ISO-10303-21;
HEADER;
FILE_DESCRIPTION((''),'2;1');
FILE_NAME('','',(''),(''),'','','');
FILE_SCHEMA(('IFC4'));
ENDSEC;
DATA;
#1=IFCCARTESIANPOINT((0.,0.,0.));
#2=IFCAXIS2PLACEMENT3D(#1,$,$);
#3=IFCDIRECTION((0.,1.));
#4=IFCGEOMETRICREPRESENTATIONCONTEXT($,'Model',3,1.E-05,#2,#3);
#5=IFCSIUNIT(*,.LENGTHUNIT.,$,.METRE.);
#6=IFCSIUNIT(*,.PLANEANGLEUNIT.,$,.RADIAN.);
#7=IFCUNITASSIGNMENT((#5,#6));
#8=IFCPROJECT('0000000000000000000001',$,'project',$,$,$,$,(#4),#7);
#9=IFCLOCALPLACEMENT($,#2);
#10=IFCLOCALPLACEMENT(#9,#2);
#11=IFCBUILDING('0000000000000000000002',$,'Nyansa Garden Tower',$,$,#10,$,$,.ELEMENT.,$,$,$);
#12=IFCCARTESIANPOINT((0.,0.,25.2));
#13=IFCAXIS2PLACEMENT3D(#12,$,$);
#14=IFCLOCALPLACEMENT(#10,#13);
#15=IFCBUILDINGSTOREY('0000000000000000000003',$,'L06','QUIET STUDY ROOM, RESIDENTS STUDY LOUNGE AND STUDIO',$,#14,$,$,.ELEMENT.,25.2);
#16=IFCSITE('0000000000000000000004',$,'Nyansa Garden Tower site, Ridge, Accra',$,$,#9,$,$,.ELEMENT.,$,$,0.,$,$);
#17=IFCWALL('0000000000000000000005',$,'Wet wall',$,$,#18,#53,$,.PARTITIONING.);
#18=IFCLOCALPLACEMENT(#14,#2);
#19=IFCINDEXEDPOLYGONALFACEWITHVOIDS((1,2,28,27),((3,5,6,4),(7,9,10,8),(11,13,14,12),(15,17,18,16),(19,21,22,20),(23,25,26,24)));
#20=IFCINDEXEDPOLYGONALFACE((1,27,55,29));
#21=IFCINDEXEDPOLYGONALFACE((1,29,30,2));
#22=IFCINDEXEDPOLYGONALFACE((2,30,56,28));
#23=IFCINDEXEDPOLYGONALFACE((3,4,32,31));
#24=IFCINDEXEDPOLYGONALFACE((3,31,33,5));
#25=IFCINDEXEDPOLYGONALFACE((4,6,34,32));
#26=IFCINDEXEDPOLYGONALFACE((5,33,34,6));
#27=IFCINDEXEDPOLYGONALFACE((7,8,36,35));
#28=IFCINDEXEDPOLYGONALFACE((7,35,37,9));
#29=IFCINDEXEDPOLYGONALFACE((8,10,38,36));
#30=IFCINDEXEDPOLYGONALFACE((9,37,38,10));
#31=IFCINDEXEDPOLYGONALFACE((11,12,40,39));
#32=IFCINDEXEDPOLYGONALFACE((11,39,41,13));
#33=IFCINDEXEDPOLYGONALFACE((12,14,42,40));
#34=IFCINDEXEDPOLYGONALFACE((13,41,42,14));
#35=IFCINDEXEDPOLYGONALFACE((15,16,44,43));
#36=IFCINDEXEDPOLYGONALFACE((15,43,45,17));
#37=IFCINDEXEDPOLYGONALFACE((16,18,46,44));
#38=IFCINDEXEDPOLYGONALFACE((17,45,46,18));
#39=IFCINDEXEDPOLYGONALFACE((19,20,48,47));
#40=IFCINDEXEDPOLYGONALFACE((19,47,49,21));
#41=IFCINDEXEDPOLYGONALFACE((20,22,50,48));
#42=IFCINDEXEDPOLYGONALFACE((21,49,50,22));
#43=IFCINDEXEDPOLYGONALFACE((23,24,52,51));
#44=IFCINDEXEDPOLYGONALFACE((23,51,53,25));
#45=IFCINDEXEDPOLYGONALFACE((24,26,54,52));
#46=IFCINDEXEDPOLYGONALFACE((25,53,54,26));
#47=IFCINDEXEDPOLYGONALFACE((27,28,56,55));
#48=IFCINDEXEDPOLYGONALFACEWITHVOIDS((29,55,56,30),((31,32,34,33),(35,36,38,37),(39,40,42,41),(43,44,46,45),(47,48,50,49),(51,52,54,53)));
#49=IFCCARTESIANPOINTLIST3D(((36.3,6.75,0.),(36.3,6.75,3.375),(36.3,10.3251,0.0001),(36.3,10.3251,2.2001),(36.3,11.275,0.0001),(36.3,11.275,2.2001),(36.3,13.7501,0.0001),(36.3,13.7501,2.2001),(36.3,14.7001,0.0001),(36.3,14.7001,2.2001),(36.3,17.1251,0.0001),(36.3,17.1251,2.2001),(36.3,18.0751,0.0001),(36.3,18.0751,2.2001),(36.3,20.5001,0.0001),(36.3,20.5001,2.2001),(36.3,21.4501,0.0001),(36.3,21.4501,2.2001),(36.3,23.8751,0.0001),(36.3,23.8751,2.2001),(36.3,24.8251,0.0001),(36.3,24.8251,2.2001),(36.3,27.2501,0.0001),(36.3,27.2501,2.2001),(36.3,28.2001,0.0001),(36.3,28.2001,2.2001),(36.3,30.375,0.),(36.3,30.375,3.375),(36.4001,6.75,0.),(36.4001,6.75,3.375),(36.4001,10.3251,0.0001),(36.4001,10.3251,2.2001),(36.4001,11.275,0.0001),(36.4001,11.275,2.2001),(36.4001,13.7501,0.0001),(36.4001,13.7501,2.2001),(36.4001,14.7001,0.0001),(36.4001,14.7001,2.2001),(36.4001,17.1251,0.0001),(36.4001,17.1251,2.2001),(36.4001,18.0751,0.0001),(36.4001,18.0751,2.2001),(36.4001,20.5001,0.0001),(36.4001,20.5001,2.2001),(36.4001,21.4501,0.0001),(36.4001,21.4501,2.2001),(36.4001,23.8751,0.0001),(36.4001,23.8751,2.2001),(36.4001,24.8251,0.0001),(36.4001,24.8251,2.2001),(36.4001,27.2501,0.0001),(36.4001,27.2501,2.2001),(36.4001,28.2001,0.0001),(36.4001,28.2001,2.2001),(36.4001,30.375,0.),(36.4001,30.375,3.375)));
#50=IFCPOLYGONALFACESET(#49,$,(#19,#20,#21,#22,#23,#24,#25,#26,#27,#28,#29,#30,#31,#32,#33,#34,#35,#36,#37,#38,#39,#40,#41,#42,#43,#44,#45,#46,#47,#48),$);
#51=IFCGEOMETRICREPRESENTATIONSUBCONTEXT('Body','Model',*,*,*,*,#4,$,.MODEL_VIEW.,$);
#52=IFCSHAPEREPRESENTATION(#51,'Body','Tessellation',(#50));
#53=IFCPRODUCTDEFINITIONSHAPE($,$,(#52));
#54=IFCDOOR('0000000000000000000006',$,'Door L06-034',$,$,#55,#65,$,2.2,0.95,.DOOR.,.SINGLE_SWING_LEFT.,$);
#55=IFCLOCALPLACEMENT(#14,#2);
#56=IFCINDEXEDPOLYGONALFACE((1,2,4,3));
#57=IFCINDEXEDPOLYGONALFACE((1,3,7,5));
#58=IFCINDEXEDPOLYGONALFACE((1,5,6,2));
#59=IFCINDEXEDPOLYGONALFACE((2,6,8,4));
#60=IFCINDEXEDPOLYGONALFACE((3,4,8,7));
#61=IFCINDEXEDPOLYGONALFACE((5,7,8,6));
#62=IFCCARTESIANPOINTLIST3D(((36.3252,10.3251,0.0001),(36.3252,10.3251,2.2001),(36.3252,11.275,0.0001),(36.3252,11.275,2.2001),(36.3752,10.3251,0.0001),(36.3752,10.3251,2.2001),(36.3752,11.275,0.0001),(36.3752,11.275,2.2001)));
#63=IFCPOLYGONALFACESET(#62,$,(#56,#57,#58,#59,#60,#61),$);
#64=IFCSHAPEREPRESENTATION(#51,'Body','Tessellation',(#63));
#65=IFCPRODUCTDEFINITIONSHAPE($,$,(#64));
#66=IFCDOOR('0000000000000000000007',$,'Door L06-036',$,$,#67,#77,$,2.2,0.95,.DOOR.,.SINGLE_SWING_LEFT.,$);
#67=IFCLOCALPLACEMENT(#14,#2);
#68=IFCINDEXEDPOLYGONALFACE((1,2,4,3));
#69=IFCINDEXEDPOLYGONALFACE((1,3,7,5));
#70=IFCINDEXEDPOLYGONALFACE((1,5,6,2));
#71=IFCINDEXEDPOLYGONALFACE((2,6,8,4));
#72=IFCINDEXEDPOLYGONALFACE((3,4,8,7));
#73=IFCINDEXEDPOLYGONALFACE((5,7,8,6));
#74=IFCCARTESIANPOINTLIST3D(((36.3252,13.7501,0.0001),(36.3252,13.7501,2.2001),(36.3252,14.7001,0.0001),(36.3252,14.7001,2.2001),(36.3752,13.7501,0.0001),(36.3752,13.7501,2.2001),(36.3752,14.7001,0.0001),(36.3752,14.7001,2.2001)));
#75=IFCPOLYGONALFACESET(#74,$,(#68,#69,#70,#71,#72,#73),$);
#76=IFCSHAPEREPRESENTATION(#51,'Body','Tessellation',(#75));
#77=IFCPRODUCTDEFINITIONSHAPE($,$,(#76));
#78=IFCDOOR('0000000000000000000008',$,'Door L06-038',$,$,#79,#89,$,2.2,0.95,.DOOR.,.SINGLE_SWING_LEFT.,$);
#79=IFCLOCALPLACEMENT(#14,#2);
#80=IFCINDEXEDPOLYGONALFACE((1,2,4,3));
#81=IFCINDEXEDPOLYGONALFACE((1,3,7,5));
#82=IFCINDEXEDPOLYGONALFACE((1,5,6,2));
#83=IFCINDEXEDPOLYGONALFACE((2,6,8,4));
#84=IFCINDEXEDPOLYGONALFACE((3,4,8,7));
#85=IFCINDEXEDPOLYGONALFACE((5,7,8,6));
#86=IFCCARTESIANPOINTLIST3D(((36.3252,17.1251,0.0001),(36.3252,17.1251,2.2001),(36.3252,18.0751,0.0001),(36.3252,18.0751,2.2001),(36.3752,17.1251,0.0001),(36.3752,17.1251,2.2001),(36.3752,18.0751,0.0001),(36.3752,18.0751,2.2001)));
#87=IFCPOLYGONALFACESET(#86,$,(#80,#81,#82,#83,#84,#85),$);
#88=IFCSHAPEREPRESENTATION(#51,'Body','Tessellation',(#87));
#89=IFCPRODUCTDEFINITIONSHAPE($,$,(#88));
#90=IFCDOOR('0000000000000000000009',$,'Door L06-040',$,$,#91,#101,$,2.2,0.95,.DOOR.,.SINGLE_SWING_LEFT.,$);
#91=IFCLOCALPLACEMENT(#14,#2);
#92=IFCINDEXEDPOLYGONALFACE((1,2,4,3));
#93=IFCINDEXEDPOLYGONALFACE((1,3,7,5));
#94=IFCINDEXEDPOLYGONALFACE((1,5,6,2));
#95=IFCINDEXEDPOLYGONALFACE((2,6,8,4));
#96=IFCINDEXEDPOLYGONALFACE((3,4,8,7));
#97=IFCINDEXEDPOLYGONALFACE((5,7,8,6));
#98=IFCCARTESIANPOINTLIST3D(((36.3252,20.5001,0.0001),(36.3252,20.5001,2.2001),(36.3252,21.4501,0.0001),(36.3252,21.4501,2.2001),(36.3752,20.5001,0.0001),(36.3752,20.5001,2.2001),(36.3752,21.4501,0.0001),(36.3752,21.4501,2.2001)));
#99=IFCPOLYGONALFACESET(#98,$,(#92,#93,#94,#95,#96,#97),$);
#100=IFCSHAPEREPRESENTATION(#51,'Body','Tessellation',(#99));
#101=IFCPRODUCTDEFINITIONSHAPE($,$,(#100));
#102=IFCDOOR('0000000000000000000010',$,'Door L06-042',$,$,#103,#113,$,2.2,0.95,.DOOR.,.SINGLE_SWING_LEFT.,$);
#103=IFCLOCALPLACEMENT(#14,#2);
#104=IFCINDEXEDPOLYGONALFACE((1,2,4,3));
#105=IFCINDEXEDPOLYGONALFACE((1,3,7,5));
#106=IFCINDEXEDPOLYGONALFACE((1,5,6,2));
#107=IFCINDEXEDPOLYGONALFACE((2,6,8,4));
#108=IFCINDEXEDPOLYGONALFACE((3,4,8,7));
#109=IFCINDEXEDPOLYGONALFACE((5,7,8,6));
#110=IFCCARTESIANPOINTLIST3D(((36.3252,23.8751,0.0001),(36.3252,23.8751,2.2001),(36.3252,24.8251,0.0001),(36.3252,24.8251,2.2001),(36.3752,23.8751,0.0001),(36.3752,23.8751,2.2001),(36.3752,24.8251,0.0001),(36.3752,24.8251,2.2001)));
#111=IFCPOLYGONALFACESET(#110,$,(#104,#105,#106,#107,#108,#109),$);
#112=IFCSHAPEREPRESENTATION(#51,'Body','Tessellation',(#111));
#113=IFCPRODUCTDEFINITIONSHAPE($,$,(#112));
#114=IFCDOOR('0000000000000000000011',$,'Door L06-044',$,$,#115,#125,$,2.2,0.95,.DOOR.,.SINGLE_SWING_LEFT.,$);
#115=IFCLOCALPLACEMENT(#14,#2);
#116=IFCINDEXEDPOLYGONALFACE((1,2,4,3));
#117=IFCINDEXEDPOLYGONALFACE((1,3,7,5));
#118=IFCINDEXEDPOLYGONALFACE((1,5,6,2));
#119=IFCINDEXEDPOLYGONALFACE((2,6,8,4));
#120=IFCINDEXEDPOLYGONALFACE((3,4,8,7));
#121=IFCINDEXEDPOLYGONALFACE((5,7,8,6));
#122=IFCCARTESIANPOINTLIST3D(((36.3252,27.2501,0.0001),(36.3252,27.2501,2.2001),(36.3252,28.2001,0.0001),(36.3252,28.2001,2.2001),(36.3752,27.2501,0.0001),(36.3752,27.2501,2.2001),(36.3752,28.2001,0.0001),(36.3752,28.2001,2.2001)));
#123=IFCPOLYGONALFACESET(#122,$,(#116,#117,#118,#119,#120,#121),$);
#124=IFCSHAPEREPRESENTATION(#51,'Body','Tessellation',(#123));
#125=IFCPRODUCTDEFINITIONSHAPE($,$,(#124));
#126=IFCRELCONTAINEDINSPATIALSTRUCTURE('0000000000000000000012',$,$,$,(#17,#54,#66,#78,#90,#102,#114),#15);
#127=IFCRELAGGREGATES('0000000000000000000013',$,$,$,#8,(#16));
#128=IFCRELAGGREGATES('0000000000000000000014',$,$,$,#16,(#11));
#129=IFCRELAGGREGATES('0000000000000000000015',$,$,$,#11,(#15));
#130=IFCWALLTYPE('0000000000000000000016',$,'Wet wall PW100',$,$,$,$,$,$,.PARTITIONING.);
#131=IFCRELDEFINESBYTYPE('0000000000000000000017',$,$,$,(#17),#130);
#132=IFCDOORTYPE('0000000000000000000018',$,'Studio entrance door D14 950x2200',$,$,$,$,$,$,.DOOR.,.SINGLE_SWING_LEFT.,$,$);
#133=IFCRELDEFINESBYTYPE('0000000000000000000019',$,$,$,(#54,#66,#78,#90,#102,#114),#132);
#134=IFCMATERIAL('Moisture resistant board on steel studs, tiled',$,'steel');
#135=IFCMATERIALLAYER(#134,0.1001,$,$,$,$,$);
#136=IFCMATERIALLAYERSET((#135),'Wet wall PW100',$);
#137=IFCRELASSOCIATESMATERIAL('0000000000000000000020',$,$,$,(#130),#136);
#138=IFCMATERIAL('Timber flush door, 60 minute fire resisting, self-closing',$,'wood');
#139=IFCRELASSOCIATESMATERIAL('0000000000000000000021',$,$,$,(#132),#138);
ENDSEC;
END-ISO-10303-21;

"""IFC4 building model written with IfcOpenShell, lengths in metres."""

from ifc_helpers import new_model, si_unit, direction, frame, frame_2d, origin, place, context, subcontext, project, spatial, rectangle, extrude, material, layer, layer_set, type_object, element, fill, save


model = new_model("IFC4")

# Units and contexts
model_context = context("Model", 3, precision=1e-05, world=origin(), true_north=direction((0.0, 1.0)))
body_context = subcontext(model_context, "Body", "Model", "MODEL_VIEW")
ifc_project = project(units=[si_unit("LENGTHUNIT", "METRE"), si_unit("PLANEANGLEUNIT", "RADIAN")], contexts=[model_context])

# Site, building, storey
site_placement = place(None, origin())
site = spatial("IfcSite", under=ifc_project, at=site_placement, Name="Nyansa Garden Tower site, Ridge, Accra", CompositionType="ELEMENT", RefElevation=0.0)
building_placement = place(site_placement, origin())
building = spatial("IfcBuilding", under=site, at=building_placement, Name="Nyansa Garden Tower", CompositionType="ELEMENT")
storey_placement = place(building_placement, frame((0.0, 0.0, 25.2)))
storey = spatial("IfcBuildingStorey", under=building, at=storey_placement, Name="L06", Description="QUIET STUDY ROOM, RESIDENTS STUDY LOUNGE AND STUDIO", CompositionType="ELEMENT", Elevation=25.2)

# Wall, openings, doors
ifc_material_1 = material(Name="Moisture resistant board on steel studs, tiled", Category="steel")
ifc_layer_1 = layer(ifc_material_1, 0.1001)
ifc_layer_set_1 = layer_set([ifc_layer_1], Name="Wet wall PW100")
wall_type_1 = type_object("IfcWallType", Name="Wet wall PW100", PredefinedType="PARTITIONING", material=ifc_layer_set_1)
wall_1_placement = place(storey_placement, frame((36.3501, 6.75, 0.0), z_axis=(0.0, 0.0, 1.0), x_axis=(0.0, 1.0, 0.0)))
wall_1 = element("IfcWall", 1, at=wall_1_placement, inside=storey, type_object=wall_type_1, Name="Wet wall", PredefinedType="PARTITIONING", context=body_context, shape_type="SweptSolid", body=[
    extrude(rectangle(XDim=23.625, YDim=0.1001, at=frame_2d((11.8125, 0.0))), origin(), (0.0, 0.0, 1.0), 3.375),
])
opening_1_placement = place(wall_1_placement, frame((3.575, 0.0, 0.0)))
opening_1 = element("IfcOpeningElement", 2, at=opening_1_placement, cuts=wall_1, PredefinedType="OPENING", context=body_context, shape_type="SweptSolid", body=[
    extrude(rectangle(XDim=0.95, YDim=2.2, at=frame_2d((0.4751, 1.1001))), frame((0.0, 0.0601, 0.0), z_axis=(0.0, -1.0, 0.0), x_axis=(1.0, 0.0, 0.0)), (0.0, 0.0, 1.0), 0.1201),
])
opening_2_placement = place(wall_1_placement, frame((7.0, 0.0, 0.0)))
opening_2 = element("IfcOpeningElement", 3, at=opening_2_placement, cuts=wall_1, PredefinedType="OPENING", context=body_context, shape_type="SweptSolid", body=[
    extrude(rectangle(XDim=0.95, YDim=2.2, at=frame_2d((0.4751, 1.1001))), frame((0.0, 0.0601, 0.0), z_axis=(0.0, -1.0, 0.0), x_axis=(1.0, 0.0, 0.0)), (0.0, 0.0, 1.0), 0.1201),
])
opening_3_placement = place(wall_1_placement, frame((10.375, 0.0, 0.0)))
opening_3 = element("IfcOpeningElement", 4, at=opening_3_placement, cuts=wall_1, PredefinedType="OPENING", context=body_context, shape_type="SweptSolid", body=[
    extrude(rectangle(XDim=0.95, YDim=2.2, at=frame_2d((0.4751, 1.1001))), frame((0.0, 0.0601, 0.0), z_axis=(0.0, -1.0, 0.0), x_axis=(1.0, 0.0, 0.0)), (0.0, 0.0, 1.0), 0.1201),
])
opening_4_placement = place(wall_1_placement, frame((13.75, 0.0, 0.0)))
opening_4 = element("IfcOpeningElement", 5, at=opening_4_placement, cuts=wall_1, PredefinedType="OPENING", context=body_context, shape_type="SweptSolid", body=[
    extrude(rectangle(XDim=0.95, YDim=2.2, at=frame_2d((0.4751, 1.1001))), frame((0.0, 0.0601, 0.0), z_axis=(0.0, -1.0, 0.0), x_axis=(1.0, 0.0, 0.0)), (0.0, 0.0, 1.0), 0.1201),
])
opening_5_placement = place(wall_1_placement, frame((17.125, 0.0, 0.0)))
opening_5 = element("IfcOpeningElement", 6, at=opening_5_placement, cuts=wall_1, PredefinedType="OPENING", context=body_context, shape_type="SweptSolid", body=[
    extrude(rectangle(XDim=0.95, YDim=2.2, at=frame_2d((0.4751, 1.1001))), frame((0.0, 0.0601, 0.0), z_axis=(0.0, -1.0, 0.0), x_axis=(1.0, 0.0, 0.0)), (0.0, 0.0, 1.0), 0.1201),
])
opening_6_placement = place(wall_1_placement, frame((20.5, 0.0, 0.0)))
opening_6 = element("IfcOpeningElement", 7, at=opening_6_placement, cuts=wall_1, PredefinedType="OPENING", context=body_context, shape_type="SweptSolid", body=[
    extrude(rectangle(XDim=0.95, YDim=2.2, at=frame_2d((0.4751, 1.1001))), frame((0.0, 0.0601, 0.0), z_axis=(0.0, -1.0, 0.0), x_axis=(1.0, 0.0, 0.0)), (0.0, 0.0, 1.0), 0.1201),
])
ifc_material_2 = material(Name="Timber flush door, 60 minute fire resisting, self-closing", Category="wood")
door_type = type_object("IfcDoorType", Name="Studio entrance door D14 950x2200", OperationType="SINGLE_SWING_LEFT", PredefinedType="DOOR", material=ifc_material_2)
door_1_placement = place(opening_1_placement, origin())
door_1 = element("IfcDoor", 8, at=door_1_placement, inside=storey, type_object=door_type, Name="Door L06-034", OperationType="SINGLE_SWING_LEFT", OverallHeight=2.2, OverallWidth=0.95, PredefinedType="DOOR", context=body_context, shape_type="SweptSolid", body=[
    extrude(rectangle(XDim=0.95, YDim=2.2, at=frame_2d((0.4751, 1.1001))), frame((0.0, 0.0249, 0.0), z_axis=(0.0, -1.0, 0.0), x_axis=(1.0, 0.0, 0.0)), (0.0, 0.0, 1.0), 0.05),
])
fill(opening_1, door_1)
door_2_placement = place(opening_2_placement, origin())
door_2 = element("IfcDoor", 9, at=door_2_placement, inside=storey, type_object=door_type, Name="Door L06-036", OperationType="SINGLE_SWING_LEFT", OverallHeight=2.2, OverallWidth=0.95, PredefinedType="DOOR", context=body_context, shape_type="SweptSolid", body=[
    extrude(rectangle(XDim=0.95, YDim=2.2, at=frame_2d((0.4751, 1.1001))), frame((0.0, 0.0249, 0.0), z_axis=(0.0, -1.0, 0.0), x_axis=(1.0, 0.0, 0.0)), (0.0, 0.0, 1.0), 0.05),
])
fill(opening_2, door_2)
door_3_placement = place(opening_3_placement, origin())
door_3 = element("IfcDoor", 10, at=door_3_placement, inside=storey, type_object=door_type, Name="Door L06-038", OperationType="SINGLE_SWING_LEFT", OverallHeight=2.2, OverallWidth=0.95, PredefinedType="DOOR", context=body_context, shape_type="SweptSolid", body=[
    extrude(rectangle(XDim=0.95, YDim=2.2, at=frame_2d((0.4751, 1.1001))), frame((0.0, 0.0249, 0.0), z_axis=(0.0, -1.0, 0.0), x_axis=(1.0, 0.0, 0.0)), (0.0, 0.0, 1.0), 0.05),
])
fill(opening_3, door_3)
door_4_placement = place(opening_4_placement, origin())
door_4 = element("IfcDoor", 11, at=door_4_placement, inside=storey, type_object=door_type, Name="Door L06-040", OperationType="SINGLE_SWING_LEFT", OverallHeight=2.2, OverallWidth=0.95, PredefinedType="DOOR", context=body_context, shape_type="SweptSolid", body=[
    extrude(rectangle(XDim=0.95, YDim=2.2, at=frame_2d((0.4751, 1.1001))), frame((0.0, 0.0249, 0.0), z_axis=(0.0, -1.0, 0.0), x_axis=(1.0, 0.0, 0.0)), (0.0, 0.0, 1.0), 0.05),
])
fill(opening_4, door_4)
door_5_placement = place(opening_5_placement, origin())
door_5 = element("IfcDoor", 12, at=door_5_placement, inside=storey, type_object=door_type, Name="Door L06-042", OperationType="SINGLE_SWING_LEFT", OverallHeight=2.2, OverallWidth=0.95, PredefinedType="DOOR", context=body_context, shape_type="SweptSolid", body=[
    extrude(rectangle(XDim=0.95, YDim=2.2, at=frame_2d((0.4751, 1.1001))), frame((0.0, 0.0249, 0.0), z_axis=(0.0, -1.0, 0.0), x_axis=(1.0, 0.0, 0.0)), (0.0, 0.0, 1.0), 0.05),
])
fill(opening_5, door_5)
door_6_placement = place(opening_6_placement, origin())
door_6 = element("IfcDoor", 13, at=door_6_placement, inside=storey, type_object=door_type, Name="Door L06-044", OperationType="SINGLE_SWING_LEFT", OverallHeight=2.2, OverallWidth=0.95, PredefinedType="DOOR", context=body_context, shape_type="SweptSolid", body=[
    extrude(rectangle(XDim=0.95, YDim=2.2, at=frame_2d((0.4751, 1.1001))), frame((0.0, 0.0249, 0.0), z_axis=(0.0, -1.0, 0.0), x_axis=(1.0, 0.0, 0.0)), (0.0, 0.0, 1.0), 0.05),
])
fill(opening_6, door_6)

save(model, "model.ifc")
